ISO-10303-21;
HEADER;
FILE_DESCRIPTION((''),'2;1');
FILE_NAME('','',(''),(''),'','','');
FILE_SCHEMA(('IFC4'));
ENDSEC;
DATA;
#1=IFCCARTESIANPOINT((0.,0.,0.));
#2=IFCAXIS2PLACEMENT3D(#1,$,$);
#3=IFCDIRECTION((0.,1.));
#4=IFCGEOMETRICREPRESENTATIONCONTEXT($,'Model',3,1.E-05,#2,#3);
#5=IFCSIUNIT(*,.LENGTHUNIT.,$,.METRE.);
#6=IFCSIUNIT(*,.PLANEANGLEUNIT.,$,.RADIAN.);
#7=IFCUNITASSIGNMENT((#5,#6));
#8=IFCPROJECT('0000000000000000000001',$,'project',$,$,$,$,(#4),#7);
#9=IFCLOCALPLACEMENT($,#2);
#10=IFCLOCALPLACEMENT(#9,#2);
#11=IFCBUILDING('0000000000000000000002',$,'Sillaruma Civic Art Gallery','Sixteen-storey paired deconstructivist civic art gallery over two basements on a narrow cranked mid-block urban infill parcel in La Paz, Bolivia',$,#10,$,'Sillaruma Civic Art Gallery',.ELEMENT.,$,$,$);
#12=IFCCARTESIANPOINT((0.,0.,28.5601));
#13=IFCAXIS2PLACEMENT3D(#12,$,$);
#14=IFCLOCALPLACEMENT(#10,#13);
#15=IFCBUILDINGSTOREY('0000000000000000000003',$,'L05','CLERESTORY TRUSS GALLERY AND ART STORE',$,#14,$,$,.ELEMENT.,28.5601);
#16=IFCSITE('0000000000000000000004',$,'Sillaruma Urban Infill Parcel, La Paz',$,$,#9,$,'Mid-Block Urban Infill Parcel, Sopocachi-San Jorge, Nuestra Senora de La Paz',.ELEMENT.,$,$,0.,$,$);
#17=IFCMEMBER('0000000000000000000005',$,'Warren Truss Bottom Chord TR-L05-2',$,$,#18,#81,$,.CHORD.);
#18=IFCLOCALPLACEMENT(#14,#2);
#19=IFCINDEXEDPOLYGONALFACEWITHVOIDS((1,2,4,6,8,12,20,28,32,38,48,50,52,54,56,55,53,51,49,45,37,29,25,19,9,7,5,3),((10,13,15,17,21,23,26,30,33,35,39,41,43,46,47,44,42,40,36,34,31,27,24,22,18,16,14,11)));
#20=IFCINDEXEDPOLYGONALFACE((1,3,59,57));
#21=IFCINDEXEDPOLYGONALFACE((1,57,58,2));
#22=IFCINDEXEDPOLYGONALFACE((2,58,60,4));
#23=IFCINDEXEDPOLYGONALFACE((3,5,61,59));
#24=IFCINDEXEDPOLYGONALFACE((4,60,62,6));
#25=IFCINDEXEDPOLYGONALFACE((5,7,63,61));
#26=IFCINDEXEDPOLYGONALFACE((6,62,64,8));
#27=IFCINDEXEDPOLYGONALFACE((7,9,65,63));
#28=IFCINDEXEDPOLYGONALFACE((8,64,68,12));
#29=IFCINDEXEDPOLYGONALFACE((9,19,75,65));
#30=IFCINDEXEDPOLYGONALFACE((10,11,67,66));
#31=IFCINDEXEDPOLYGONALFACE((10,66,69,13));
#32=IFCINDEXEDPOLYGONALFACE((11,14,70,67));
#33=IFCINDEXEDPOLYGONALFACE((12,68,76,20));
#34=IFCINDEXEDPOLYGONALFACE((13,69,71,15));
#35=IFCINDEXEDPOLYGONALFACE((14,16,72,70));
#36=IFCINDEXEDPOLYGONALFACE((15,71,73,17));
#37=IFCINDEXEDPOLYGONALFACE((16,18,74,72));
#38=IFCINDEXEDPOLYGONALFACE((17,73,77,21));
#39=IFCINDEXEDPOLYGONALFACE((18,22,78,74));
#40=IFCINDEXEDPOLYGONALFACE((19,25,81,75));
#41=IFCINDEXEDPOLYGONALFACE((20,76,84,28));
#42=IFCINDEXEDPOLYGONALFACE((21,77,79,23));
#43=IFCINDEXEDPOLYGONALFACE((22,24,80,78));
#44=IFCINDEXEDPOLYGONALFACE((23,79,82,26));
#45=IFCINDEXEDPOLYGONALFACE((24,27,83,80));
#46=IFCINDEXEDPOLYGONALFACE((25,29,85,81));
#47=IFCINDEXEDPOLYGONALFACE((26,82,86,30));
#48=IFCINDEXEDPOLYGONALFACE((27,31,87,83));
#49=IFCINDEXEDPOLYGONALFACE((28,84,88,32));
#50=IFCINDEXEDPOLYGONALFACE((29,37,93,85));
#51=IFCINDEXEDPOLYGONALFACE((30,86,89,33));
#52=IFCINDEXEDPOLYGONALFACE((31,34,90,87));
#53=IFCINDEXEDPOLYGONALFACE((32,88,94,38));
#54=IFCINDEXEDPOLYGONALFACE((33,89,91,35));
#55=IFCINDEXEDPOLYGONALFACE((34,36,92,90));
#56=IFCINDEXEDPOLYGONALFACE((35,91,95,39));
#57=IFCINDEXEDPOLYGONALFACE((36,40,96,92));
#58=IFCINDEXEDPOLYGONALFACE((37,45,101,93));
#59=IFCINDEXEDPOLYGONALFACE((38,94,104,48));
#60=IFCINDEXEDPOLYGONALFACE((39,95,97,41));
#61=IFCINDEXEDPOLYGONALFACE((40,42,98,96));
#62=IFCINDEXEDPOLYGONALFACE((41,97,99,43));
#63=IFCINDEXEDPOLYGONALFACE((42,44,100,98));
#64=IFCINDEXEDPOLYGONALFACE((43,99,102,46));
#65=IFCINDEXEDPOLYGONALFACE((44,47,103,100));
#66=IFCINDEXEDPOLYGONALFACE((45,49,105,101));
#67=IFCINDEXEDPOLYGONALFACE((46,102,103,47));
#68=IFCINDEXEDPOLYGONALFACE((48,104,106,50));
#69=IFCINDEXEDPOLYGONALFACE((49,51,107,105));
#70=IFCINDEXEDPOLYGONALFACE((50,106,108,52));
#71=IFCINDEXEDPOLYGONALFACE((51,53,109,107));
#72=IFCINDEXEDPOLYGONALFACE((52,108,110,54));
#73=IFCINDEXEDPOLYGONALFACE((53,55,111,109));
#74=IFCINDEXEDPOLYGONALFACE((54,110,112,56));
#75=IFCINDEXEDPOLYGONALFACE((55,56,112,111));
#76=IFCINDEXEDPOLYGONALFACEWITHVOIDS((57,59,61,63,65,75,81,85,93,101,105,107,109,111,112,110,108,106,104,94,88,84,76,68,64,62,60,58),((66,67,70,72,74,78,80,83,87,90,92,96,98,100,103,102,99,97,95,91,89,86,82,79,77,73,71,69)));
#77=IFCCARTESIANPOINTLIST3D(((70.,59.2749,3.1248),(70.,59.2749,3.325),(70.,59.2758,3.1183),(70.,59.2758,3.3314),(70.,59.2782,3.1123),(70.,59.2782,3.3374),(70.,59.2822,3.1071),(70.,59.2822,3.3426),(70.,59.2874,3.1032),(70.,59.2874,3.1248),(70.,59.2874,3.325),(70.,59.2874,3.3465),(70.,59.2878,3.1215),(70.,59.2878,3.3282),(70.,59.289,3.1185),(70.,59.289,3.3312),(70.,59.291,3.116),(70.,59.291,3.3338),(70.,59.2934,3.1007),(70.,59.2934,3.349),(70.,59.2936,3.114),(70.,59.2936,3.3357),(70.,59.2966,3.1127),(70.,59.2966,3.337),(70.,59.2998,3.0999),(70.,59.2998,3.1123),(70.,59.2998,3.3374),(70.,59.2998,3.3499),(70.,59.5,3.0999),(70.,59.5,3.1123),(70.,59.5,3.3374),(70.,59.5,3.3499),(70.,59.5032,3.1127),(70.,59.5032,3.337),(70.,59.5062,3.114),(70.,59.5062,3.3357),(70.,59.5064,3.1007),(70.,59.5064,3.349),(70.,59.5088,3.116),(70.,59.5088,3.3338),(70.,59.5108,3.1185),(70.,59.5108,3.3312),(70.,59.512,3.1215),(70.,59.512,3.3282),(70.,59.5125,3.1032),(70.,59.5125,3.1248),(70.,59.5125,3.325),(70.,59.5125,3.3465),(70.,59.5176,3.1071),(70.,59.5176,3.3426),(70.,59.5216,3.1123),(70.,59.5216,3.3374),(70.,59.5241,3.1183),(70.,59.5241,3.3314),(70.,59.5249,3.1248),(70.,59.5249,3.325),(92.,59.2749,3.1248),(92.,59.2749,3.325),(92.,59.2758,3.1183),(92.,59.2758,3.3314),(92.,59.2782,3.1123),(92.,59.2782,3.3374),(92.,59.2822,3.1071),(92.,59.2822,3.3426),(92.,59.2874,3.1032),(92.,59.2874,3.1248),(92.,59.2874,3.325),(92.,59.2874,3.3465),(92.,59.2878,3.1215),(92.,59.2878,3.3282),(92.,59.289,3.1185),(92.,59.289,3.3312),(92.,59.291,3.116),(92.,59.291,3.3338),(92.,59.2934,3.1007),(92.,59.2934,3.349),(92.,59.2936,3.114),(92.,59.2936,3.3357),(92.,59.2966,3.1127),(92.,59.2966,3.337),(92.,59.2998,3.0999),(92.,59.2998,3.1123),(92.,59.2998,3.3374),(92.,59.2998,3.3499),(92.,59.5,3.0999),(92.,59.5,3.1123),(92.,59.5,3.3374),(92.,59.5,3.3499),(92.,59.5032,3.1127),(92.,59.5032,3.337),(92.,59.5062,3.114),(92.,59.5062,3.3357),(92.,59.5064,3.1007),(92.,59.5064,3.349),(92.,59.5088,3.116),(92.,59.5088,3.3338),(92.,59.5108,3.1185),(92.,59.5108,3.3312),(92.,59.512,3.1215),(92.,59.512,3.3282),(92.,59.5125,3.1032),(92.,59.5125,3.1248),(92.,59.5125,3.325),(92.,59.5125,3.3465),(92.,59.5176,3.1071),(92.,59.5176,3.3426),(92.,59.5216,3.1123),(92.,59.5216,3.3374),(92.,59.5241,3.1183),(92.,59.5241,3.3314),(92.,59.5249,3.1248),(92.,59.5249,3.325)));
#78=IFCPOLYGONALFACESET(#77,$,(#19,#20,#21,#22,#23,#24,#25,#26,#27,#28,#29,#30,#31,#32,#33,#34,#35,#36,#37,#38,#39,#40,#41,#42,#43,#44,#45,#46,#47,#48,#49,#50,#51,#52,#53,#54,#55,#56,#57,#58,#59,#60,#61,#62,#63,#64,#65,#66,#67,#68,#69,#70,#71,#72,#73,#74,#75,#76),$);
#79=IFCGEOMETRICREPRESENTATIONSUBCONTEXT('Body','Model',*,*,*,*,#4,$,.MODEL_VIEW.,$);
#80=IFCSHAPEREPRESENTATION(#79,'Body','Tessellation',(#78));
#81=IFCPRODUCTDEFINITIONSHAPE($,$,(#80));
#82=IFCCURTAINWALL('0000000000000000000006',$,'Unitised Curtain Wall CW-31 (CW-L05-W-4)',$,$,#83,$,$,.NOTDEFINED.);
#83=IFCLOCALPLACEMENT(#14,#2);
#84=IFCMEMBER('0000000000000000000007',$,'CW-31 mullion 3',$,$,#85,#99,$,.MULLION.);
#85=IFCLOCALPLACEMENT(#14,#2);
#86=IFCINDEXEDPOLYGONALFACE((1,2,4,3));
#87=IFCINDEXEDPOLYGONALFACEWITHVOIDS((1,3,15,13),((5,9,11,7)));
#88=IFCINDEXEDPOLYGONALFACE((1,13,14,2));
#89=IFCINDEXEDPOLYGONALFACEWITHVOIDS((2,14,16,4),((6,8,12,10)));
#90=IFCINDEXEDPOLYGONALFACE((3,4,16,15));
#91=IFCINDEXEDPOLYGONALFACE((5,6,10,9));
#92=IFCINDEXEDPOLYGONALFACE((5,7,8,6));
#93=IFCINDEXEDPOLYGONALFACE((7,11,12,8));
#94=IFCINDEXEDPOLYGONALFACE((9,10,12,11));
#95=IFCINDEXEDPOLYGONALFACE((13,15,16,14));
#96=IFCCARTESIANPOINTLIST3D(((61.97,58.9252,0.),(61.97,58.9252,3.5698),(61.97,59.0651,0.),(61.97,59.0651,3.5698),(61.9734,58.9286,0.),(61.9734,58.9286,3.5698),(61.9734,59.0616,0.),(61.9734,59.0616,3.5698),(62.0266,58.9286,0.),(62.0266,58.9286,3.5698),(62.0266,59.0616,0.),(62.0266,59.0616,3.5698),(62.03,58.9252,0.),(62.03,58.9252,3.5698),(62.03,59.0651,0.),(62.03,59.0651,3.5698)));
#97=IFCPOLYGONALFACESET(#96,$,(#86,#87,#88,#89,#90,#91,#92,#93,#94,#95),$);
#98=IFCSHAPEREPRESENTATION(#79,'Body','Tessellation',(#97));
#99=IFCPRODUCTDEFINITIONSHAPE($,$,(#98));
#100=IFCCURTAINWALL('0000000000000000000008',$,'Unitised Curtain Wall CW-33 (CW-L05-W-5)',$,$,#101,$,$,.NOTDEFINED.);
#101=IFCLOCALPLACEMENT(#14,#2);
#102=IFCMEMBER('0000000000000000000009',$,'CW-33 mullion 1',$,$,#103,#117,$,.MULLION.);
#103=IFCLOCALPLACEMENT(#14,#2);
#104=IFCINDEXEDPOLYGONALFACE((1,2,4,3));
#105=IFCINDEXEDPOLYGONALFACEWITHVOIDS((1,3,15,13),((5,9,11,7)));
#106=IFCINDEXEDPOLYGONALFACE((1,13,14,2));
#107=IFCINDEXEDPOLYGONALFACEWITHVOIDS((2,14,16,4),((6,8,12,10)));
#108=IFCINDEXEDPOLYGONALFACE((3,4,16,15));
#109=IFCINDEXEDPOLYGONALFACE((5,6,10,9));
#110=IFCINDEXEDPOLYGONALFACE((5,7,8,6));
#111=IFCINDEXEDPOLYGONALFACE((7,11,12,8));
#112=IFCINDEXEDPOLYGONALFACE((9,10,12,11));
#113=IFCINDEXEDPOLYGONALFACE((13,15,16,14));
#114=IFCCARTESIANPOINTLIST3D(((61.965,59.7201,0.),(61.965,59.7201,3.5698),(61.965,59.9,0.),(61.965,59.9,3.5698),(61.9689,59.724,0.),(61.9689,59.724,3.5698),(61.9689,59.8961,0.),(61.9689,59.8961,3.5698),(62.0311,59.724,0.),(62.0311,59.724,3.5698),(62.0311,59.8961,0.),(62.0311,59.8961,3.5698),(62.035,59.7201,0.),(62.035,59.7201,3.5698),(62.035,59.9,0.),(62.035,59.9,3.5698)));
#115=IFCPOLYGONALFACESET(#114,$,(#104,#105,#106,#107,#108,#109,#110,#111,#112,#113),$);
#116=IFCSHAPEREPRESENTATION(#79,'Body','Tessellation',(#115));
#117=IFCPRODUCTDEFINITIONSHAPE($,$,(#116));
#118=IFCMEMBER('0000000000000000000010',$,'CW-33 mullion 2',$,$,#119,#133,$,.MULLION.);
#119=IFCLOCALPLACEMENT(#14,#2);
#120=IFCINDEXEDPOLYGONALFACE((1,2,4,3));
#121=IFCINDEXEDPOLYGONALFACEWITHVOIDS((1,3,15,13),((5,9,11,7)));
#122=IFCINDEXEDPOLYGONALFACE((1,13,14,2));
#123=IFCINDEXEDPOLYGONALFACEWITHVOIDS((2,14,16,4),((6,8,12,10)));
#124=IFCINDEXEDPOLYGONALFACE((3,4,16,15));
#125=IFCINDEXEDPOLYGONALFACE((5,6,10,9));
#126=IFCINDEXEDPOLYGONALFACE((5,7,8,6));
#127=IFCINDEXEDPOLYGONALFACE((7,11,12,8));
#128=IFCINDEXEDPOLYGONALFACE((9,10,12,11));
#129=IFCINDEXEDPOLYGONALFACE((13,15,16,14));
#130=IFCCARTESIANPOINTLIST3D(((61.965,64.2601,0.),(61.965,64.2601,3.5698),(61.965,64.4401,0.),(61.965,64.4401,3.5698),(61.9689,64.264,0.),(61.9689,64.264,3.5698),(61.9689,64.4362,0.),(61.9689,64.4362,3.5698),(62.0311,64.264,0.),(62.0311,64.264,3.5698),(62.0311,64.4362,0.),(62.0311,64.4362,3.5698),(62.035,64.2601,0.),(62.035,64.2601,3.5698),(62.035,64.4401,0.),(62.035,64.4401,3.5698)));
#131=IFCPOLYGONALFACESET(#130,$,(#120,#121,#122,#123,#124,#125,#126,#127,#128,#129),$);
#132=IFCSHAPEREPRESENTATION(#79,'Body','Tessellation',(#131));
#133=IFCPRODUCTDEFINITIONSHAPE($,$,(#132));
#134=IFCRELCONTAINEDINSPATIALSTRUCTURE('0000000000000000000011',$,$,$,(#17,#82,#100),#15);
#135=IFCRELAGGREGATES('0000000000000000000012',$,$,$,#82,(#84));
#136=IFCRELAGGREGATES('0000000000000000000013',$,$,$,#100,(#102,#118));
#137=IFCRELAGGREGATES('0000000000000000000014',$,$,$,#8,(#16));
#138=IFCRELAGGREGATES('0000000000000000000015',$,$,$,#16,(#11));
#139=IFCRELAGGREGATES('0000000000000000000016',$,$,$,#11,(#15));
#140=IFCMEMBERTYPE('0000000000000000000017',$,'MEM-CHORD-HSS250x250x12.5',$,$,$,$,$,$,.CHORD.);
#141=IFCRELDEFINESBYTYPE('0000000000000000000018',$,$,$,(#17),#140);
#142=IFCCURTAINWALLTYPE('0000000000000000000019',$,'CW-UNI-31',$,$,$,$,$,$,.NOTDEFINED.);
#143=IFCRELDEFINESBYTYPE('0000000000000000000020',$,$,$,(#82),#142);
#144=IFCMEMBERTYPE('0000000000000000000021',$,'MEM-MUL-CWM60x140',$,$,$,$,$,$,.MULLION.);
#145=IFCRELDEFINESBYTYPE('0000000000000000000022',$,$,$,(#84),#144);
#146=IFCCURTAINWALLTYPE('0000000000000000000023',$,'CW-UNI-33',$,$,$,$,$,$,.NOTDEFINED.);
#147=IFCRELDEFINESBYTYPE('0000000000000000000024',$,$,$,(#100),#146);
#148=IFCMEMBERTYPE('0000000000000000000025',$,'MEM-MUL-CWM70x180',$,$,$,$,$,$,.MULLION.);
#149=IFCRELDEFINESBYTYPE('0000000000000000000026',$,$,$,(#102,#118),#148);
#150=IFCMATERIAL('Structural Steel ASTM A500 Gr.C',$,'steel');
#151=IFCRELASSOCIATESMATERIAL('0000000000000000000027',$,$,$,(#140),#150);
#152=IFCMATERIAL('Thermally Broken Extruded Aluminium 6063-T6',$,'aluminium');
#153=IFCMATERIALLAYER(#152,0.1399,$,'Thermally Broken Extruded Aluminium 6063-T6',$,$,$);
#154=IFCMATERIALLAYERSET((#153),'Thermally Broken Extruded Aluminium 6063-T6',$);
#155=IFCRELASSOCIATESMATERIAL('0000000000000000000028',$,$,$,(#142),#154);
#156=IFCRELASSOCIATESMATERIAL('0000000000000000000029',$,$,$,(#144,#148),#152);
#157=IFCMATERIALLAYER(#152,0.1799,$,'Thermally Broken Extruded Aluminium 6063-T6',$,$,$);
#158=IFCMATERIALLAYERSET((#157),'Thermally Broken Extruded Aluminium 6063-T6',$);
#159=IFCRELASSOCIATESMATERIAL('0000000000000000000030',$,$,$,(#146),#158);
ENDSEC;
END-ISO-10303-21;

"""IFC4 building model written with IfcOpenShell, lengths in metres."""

from ifc_helpers import new_model, si_unit, direction, frame, origin, origin_2d, place, context, subcontext, project, spatial, hollow_rectangle, extrude, material, layer, layer_set, material_profile, profile_set, type_object, element, aggregate, save


model = new_model("IFC4")

# Units and contexts
model_context = context("Model", 3, precision=1e-05, world=origin(), true_north=direction((0.0, 1.0)))
body_context = subcontext(model_context, "Body", "Model", "MODEL_VIEW")
ifc_project = project(units=[si_unit("LENGTHUNIT", "METRE"), si_unit("PLANEANGLEUNIT", "RADIAN")], contexts=[model_context])

# Site, building, storey
site_placement = place(None, origin())
site = spatial("IfcSite", under=ifc_project, at=site_placement, Name="Sillaruma Urban Infill Parcel, La Paz", LongName="Mid-Block Urban Infill Parcel, Sopocachi-San Jorge, Nuestra Senora de La Paz", CompositionType="ELEMENT", RefElevation=0.0)
building_placement = place(site_placement, origin())
building = spatial("IfcBuilding", under=site, at=building_placement, Name="Sillaruma Civic Art Gallery", Description="Sixteen-storey paired deconstructivist civic art gallery over two basements on a narrow cranked mid-block urban infill parcel in La Paz, Bolivia", LongName="Sillaruma Civic Art Gallery", CompositionType="ELEMENT")
storey_placement = place(building_placement, frame((0.0, 0.0, 28.5601)))
storey = spatial("IfcBuildingStorey", under=building, at=storey_placement, Name="L05", Description="CLERESTORY TRUSS GALLERY AND ART STORE", CompositionType="ELEMENT", Elevation=28.5601)

# Member
ifc_material_1 = material(Name="Structural Steel ASTM A500 Gr.C", Category="steel")
ifc_material_profile_1 = material_profile(ifc_material_1, hollow_rectangle(XDim=0.25, YDim=0.25, WallThickness=0.0125, InnerFilletRadius=0.0125, OuterFilletRadius=0.0249, at=origin_2d()), Name="HSS250x250x12.5")
ifc_profile_set_1 = profile_set([ifc_material_profile_1], Name="Structural Steel ASTM A500 Gr.C")
member_type_1 = type_object("IfcMemberType", Name="MEM-CHORD-HSS250x250x12.5", PredefinedType="CHORD", material=ifc_profile_set_1)
member_1_placement = place(storey_placement, frame((70.0, 59.3999, 3.2249), z_axis=(1.0, 0.0, 0.0), x_axis=(0.0, 1.0, 0.0)))
element("IfcMember", 1, at=member_1_placement, inside=storey, type_object=member_type_1, Name="Warren Truss Bottom Chord TR-L05-2", PredefinedType="CHORD", context=body_context, shape_type="SweptSolid", body=[
    extrude(hollow_rectangle(XDim=0.25, YDim=0.25, WallThickness=0.0125, InnerFilletRadius=0.0125, OuterFilletRadius=0.0249, at=origin_2d()), origin(), (0.0, 0.0, 1.0), 22.0),
])

# Curtain wall, member
ifc_material_2 = material(Name="Thermally Broken Extruded Aluminium 6063-T6", Category="aluminium")
ifc_layer_1 = layer(ifc_material_2, 0.1399, Name="Thermally Broken Extruded Aluminium 6063-T6")
ifc_layer_set_1 = layer_set([ifc_layer_1], Name="Thermally Broken Extruded Aluminium 6063-T6")
curtain_wall_type_1 = type_object("IfcCurtainWallType", Name="CW-UNI-31", PredefinedType="NOTDEFINED", material=ifc_layer_set_1)
curtain_wall_1_placement = place(storey_placement, origin())
curtain_wall_1 = element("IfcCurtainWall", 2, at=curtain_wall_1_placement, inside=storey, type_object=curtain_wall_type_1, Name="Unitised Curtain Wall CW-31 (CW-L05-W-4)", PredefinedType="NOTDEFINED")
ifc_material_profile_2 = material_profile(ifc_material_2, hollow_rectangle(XDim=0.0601, YDim=0.1399, WallThickness=0.0034, at=origin_2d()), Name="CWM60x140")
ifc_profile_set_2 = profile_set([ifc_material_profile_2], Name="Thermally Broken Extruded Aluminium 6063-T6")
member_type_2 = type_object("IfcMemberType", Name="MEM-MUL-CWM60x140", PredefinedType="MULLION", material=ifc_profile_set_2)
member_2_placement = place(storey_placement, frame((62.0, 58.9951, 0.0), z_axis=(0.0, 0.0, 1.0), x_axis=(-1.0, 0.0, 0.0)))
member_2 = element("IfcMember", 3, at=member_2_placement, type_object=member_type_2, Name="CW-31 mullion 3", PredefinedType="MULLION", context=body_context, shape_type="SweptSolid", body=[
    extrude(hollow_rectangle(XDim=0.0601, YDim=0.1399, WallThickness=0.0034, at=origin_2d()), origin(), (0.0, 0.0, 1.0), 3.5698),
])

# Curtain wall, members
ifc_layer_2 = layer(ifc_material_2, 0.1799, Name="Thermally Broken Extruded Aluminium 6063-T6")
ifc_layer_set_2 = layer_set([ifc_layer_2], Name="Thermally Broken Extruded Aluminium 6063-T6")
curtain_wall_type_2 = type_object("IfcCurtainWallType", Name="CW-UNI-33", PredefinedType="NOTDEFINED", material=ifc_layer_set_2)
curtain_wall_2_placement = place(storey_placement, origin())
curtain_wall_2 = element("IfcCurtainWall", 4, at=curtain_wall_2_placement, inside=storey, type_object=curtain_wall_type_2, Name="Unitised Curtain Wall CW-33 (CW-L05-W-5)", PredefinedType="NOTDEFINED")
ifc_material_profile_3 = material_profile(ifc_material_2, hollow_rectangle(XDim=0.0701, YDim=0.1799, WallThickness=0.0039, at=origin_2d()), Name="CWM70x180")
ifc_profile_set_3 = profile_set([ifc_material_profile_3], Name="Thermally Broken Extruded Aluminium 6063-T6")
member_type_3 = type_object("IfcMemberType", Name="MEM-MUL-CWM70x180", PredefinedType="MULLION", material=ifc_profile_set_3)
member_3_placement = place(storey_placement, frame((62.0, 59.8101, 0.0), z_axis=(0.0, 0.0, 1.0), x_axis=(-1.0, 0.0, 0.0)))
member_3 = element("IfcMember", 5, at=member_3_placement, type_object=member_type_3, Name="CW-33 mullion 1", PredefinedType="MULLION", context=body_context, shape_type="SweptSolid", body=[
    extrude(hollow_rectangle(XDim=0.0701, YDim=0.1799, WallThickness=0.0039, at=origin_2d()), origin(), (0.0, 0.0, 1.0), 3.5698),
])
member_4_placement = place(storey_placement, frame((62.0, 64.3501, 0.0), z_axis=(0.0, 0.0, 1.0), x_axis=(-1.0, 0.0, 0.0)))
member_4 = element("IfcMember", 6, at=member_4_placement, type_object=member_type_3, Name="CW-33 mullion 2", PredefinedType="MULLION", context=body_context, shape_type="SweptSolid", body=[
    extrude(hollow_rectangle(XDim=0.0701, YDim=0.1799, WallThickness=0.0039, at=origin_2d()), origin(), (0.0, 0.0, 1.0), 3.5698),
])

aggregate(curtain_wall_1, [member_2])
aggregate(curtain_wall_2, [member_3, member_4])

save(model, "model.ifc")
